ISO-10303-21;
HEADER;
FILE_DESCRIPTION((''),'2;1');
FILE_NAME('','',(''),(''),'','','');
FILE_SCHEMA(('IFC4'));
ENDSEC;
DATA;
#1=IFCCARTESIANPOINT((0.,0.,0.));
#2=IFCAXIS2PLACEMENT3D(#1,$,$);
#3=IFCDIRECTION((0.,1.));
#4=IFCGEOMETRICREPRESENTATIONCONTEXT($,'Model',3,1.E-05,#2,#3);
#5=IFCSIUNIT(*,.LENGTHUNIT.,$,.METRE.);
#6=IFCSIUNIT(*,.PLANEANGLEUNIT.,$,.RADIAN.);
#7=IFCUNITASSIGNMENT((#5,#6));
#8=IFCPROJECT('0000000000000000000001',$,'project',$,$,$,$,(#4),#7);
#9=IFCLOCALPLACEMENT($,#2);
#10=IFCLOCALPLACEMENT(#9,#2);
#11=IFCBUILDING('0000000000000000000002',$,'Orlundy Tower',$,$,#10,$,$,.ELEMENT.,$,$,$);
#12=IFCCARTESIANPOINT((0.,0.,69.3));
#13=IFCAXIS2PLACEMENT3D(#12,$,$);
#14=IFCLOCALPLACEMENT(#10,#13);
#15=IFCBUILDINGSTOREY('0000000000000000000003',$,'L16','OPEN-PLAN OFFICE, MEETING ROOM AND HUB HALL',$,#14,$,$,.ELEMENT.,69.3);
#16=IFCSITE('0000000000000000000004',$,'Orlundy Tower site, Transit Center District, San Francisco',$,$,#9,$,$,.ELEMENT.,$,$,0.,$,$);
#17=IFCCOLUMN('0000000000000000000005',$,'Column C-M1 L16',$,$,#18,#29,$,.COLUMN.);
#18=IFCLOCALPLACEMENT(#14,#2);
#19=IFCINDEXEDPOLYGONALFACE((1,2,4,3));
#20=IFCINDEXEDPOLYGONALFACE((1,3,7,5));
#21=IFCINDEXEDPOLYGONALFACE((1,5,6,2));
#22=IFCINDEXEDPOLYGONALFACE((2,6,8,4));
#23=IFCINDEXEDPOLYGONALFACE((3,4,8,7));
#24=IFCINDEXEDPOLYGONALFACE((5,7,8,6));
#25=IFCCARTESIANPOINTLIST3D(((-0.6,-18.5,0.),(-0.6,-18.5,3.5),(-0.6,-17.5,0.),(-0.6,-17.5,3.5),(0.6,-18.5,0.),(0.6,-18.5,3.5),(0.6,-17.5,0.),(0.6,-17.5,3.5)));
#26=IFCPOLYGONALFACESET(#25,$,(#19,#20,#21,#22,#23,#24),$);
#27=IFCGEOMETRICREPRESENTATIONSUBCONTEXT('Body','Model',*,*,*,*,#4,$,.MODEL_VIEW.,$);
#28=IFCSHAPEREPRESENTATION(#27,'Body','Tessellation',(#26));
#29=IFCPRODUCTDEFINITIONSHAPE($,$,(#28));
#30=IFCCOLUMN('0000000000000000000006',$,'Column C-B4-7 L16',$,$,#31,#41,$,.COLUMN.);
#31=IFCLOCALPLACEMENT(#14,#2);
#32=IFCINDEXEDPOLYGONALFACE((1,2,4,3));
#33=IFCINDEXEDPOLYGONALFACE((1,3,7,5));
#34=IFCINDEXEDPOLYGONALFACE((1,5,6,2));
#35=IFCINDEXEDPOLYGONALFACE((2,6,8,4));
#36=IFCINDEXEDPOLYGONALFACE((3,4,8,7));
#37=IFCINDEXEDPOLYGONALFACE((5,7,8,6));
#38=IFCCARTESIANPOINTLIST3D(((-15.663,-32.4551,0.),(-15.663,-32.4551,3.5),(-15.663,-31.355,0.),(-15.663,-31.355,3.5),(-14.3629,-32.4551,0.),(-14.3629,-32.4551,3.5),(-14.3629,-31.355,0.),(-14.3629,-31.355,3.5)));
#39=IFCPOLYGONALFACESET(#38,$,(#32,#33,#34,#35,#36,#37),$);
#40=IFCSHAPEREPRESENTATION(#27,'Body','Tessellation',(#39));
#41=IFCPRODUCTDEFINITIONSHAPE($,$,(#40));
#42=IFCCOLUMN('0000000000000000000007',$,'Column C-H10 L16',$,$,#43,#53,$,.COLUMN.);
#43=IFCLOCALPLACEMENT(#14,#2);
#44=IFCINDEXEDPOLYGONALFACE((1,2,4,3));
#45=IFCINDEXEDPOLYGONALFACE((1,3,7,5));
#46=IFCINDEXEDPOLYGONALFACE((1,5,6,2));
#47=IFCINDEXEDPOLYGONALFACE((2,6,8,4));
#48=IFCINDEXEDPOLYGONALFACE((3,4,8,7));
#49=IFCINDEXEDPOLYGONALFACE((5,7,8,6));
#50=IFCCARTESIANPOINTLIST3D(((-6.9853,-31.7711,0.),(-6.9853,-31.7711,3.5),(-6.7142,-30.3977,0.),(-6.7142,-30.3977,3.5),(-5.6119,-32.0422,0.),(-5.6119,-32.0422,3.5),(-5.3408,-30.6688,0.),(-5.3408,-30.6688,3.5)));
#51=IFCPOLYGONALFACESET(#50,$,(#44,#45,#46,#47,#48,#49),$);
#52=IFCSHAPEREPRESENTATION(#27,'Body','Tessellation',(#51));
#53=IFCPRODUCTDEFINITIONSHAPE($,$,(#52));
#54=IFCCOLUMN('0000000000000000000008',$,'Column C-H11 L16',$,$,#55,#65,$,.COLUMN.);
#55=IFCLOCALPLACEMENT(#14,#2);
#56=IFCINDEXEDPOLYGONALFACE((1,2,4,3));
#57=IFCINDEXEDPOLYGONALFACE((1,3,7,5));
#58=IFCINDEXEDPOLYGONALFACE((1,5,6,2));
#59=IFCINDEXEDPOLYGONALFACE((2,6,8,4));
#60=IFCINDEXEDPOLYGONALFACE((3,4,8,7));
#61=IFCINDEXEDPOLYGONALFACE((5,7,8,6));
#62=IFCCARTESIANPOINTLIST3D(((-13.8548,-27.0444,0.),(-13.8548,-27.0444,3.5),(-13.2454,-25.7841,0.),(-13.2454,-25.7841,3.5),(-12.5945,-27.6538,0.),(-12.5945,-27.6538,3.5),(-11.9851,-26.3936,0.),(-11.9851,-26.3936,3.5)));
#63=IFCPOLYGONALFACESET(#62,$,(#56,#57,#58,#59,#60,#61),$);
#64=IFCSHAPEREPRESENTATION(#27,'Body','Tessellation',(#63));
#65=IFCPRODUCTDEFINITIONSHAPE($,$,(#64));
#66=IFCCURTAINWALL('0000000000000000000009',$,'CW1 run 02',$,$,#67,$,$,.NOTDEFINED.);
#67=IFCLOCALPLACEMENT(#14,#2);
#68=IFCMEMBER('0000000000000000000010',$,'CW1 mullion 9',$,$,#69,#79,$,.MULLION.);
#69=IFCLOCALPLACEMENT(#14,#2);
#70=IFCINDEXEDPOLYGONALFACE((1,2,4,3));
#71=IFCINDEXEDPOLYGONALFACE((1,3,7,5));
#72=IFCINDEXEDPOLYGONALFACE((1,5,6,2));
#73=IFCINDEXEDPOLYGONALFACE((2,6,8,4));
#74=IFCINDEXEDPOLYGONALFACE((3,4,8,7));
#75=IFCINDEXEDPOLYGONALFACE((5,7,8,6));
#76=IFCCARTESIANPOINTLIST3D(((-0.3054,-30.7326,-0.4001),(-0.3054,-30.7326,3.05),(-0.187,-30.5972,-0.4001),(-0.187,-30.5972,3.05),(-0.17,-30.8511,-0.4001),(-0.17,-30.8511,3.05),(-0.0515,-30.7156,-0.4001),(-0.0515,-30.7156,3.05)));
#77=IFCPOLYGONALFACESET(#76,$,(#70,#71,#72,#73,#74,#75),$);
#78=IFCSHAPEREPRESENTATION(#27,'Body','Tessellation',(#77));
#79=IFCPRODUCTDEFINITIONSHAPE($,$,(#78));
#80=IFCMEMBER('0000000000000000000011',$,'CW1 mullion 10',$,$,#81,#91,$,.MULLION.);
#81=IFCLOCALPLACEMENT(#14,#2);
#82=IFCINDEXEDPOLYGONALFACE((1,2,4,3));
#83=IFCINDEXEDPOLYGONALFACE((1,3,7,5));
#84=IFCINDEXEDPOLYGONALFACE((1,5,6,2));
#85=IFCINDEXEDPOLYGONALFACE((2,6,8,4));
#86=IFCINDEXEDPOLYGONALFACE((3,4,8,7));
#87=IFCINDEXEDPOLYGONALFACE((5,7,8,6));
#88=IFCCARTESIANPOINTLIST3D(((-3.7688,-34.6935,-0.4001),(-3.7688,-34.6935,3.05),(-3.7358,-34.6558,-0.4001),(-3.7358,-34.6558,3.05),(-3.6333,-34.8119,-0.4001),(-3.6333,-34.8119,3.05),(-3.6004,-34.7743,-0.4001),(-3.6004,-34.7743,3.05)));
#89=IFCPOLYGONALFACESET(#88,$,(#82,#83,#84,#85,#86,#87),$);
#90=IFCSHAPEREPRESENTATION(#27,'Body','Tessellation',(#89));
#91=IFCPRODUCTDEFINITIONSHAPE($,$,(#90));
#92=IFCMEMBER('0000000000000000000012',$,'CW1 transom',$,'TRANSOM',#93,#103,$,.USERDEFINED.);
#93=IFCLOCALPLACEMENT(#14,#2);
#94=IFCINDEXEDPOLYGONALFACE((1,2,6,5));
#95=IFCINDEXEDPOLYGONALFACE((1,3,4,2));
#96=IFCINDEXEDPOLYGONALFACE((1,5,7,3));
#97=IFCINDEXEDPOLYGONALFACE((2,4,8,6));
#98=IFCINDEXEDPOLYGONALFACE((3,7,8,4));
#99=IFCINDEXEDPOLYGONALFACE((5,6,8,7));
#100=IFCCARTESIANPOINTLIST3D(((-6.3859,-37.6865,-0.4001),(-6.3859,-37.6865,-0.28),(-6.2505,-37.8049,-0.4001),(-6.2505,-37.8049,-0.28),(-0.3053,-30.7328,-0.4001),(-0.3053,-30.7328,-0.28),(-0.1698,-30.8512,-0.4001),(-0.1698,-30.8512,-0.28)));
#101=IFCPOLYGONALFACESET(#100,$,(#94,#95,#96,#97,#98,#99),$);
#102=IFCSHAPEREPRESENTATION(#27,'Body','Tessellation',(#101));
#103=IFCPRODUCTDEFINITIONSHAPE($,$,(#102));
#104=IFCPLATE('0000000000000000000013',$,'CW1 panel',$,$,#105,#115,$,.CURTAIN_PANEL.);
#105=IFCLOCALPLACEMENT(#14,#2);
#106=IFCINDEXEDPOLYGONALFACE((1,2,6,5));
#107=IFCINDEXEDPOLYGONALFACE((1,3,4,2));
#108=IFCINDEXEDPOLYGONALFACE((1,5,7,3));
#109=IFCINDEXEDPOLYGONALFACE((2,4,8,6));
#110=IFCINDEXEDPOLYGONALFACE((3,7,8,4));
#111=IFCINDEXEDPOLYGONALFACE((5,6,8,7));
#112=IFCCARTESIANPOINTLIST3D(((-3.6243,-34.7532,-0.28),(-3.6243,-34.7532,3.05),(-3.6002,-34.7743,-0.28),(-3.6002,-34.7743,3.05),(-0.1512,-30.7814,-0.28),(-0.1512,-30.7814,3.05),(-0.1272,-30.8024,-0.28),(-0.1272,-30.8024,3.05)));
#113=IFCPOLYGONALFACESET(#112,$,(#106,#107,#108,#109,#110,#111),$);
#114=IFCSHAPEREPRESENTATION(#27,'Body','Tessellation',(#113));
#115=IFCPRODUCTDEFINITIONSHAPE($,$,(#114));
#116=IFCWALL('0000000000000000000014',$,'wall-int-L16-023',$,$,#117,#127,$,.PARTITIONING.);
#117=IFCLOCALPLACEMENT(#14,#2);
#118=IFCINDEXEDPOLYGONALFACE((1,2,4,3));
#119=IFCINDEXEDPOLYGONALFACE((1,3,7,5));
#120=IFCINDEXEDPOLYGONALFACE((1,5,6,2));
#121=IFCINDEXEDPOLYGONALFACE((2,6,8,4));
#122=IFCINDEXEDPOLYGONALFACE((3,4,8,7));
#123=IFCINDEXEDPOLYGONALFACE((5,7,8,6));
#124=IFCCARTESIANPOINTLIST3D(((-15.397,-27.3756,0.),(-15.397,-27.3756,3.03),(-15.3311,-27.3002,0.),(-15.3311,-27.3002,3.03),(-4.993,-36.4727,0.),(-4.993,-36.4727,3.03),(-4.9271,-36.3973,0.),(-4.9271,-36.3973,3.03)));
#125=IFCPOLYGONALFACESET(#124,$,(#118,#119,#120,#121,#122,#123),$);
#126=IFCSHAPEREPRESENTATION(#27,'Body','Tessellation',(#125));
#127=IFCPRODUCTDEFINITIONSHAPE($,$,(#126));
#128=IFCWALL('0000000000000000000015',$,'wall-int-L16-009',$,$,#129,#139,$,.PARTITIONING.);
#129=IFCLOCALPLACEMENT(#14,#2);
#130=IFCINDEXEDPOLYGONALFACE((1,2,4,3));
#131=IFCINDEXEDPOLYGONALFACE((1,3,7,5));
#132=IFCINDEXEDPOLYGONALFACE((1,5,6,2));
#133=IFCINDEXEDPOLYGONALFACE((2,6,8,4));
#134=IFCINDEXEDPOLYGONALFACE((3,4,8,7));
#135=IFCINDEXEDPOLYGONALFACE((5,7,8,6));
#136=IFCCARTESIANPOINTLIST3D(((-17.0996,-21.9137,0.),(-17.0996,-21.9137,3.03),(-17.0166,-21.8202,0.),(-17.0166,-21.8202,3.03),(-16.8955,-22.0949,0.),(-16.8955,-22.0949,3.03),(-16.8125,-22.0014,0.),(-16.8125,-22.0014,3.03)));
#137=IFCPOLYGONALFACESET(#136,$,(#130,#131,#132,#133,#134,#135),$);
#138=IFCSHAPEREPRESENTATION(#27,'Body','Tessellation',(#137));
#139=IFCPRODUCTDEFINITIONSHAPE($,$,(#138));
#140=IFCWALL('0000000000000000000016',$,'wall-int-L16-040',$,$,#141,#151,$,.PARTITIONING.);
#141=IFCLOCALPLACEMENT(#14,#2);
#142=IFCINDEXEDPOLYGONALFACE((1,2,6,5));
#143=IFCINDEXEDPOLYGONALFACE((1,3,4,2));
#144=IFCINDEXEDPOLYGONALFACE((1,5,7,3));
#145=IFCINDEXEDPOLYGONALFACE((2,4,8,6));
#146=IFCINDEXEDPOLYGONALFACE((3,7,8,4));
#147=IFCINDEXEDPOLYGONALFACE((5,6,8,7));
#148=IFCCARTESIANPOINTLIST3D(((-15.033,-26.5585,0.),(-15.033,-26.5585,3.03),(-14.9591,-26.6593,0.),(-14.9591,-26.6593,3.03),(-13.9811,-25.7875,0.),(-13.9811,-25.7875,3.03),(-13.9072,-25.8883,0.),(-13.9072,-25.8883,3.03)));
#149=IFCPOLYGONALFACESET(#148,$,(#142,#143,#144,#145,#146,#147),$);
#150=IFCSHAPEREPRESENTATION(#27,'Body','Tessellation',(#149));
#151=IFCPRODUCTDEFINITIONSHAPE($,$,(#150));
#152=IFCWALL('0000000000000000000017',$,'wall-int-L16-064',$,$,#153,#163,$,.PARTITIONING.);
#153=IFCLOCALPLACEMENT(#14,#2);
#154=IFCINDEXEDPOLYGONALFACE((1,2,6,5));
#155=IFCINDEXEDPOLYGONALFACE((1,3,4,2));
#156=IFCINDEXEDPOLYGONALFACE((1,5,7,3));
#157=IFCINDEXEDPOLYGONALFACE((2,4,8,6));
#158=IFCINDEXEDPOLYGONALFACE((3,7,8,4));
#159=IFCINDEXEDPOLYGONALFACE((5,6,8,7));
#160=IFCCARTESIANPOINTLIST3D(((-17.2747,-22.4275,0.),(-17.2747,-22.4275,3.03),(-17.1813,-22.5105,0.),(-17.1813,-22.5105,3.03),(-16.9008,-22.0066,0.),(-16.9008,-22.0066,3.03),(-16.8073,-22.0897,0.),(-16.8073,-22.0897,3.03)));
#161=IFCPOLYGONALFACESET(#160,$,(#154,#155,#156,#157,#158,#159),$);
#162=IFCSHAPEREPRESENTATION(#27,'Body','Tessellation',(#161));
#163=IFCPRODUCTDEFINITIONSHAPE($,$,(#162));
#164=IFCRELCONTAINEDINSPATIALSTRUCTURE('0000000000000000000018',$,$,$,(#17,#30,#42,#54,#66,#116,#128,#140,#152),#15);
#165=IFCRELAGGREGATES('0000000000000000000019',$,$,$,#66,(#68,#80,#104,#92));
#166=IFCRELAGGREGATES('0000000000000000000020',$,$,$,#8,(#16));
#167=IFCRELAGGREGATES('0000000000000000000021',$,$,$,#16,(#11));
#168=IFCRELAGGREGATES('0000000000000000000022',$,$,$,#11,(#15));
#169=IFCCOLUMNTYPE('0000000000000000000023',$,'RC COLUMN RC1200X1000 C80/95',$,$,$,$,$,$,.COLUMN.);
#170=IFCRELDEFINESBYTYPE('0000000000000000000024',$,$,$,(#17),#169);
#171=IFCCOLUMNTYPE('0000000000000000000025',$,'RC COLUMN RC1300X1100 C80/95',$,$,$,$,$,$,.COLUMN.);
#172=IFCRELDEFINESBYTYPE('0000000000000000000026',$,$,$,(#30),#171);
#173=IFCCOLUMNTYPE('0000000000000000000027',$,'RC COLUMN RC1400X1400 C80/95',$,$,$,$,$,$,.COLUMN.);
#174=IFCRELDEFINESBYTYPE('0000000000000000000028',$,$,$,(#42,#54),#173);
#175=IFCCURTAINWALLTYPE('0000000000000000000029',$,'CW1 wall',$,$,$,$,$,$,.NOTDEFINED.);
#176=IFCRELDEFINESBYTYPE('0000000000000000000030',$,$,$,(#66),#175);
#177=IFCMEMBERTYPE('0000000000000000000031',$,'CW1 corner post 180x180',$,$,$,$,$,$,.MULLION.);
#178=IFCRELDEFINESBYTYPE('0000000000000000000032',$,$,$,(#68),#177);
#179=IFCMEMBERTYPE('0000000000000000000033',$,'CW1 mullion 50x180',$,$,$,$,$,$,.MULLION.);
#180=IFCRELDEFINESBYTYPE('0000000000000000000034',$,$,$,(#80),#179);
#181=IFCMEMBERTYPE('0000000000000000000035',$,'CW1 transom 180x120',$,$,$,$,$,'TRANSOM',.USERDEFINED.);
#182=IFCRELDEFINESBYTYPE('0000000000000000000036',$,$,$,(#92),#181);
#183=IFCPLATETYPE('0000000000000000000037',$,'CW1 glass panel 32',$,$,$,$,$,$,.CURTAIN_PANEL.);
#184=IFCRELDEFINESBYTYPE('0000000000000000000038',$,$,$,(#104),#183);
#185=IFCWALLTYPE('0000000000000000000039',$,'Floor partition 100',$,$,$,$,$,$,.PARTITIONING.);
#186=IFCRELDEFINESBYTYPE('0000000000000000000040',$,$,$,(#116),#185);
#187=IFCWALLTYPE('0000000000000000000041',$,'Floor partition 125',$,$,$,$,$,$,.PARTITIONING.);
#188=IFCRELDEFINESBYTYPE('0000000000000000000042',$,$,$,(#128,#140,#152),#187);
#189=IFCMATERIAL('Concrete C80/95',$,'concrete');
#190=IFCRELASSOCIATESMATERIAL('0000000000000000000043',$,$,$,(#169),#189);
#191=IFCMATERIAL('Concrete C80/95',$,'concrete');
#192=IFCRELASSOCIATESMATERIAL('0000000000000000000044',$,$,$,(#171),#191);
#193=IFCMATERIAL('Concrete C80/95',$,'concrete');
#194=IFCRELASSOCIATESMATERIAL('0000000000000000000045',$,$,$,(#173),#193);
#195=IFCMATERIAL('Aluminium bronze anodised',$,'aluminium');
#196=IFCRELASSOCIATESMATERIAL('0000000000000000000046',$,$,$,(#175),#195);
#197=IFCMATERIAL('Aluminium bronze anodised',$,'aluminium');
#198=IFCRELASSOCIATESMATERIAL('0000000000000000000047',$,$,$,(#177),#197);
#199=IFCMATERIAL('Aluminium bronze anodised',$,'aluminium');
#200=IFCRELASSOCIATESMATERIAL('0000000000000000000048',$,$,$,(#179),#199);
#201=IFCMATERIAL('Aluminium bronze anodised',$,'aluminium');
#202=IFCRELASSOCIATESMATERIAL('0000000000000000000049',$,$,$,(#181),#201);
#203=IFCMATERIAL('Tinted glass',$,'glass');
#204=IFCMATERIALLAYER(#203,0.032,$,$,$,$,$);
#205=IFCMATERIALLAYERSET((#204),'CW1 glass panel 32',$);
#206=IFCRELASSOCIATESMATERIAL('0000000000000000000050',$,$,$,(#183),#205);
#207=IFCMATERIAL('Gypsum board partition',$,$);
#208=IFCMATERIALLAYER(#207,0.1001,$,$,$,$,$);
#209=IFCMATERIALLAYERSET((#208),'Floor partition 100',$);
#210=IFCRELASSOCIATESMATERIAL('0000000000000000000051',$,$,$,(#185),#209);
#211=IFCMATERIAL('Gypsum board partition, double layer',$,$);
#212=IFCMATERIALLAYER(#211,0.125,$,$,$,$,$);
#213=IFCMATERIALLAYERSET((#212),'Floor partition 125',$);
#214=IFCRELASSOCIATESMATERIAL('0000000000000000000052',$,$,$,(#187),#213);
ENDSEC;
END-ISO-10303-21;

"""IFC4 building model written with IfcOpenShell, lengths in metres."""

from ifc_helpers import new_model, si_unit, direction, frame, frame_2d, origin, origin_2d, place, context, subcontext, project, spatial, rectangle, extrude, material, layer, layer_set, material_profile, profile_set, type_object, element, aggregate, save


model = new_model("IFC4")

# Units and contexts
model_context = context("Model", 3, precision=1e-05, world=origin(), true_north=direction((0.0, 1.0)))
body_context = subcontext(model_context, "Body", "Model", "MODEL_VIEW")
ifc_project = project(units=[si_unit("LENGTHUNIT", "METRE"), si_unit("PLANEANGLEUNIT", "RADIAN")], contexts=[model_context])

# Site, building, storey
site_placement = place(None, origin())
site = spatial("IfcSite", under=ifc_project, at=site_placement, Name="Orlundy Tower site, Transit Center District, San Francisco", CompositionType="ELEMENT", RefElevation=0.0)
building_placement = place(site_placement, origin())
building = spatial("IfcBuilding", under=site, at=building_placement, Name="Orlundy Tower", CompositionType="ELEMENT")
storey_placement = place(building_placement, frame((0.0, 0.0, 69.3)))
storey = spatial("IfcBuildingStorey", under=building, at=storey_placement, Name="L16", Description="OPEN-PLAN OFFICE, MEETING ROOM AND HUB HALL", CompositionType="ELEMENT", Elevation=69.3)

# Columns
ifc_material_1 = material(Name="Concrete C80/95", Category="concrete")
ifc_material_profile_1 = material_profile(ifc_material_1, rectangle(XDim=1.2, YDim=1.0, at=origin_2d()), Name="RC1200X1000")
ifc_profile_set_1 = profile_set([ifc_material_profile_1], Name="Concrete C80/95")
column_type_1 = type_object("IfcColumnType", Name="RC COLUMN RC1200X1000 C80/95", PredefinedType="COLUMN", material=ifc_profile_set_1)
column_1_placement = place(storey_placement, frame((0.0, -18.0, 0.0), z_axis=(0.0, 0.0, 1.0), x_axis=(1.0, 0.0, 0.0)))
element("IfcColumn", 1, at=column_1_placement, inside=storey, type_object=column_type_1, Name="Column C-M1 L16", PredefinedType="COLUMN", context=body_context, shape_type="SweptSolid", body=[
    extrude(rectangle(XDim=1.2, YDim=1.0, at=origin_2d()), origin(), (0.0, 0.0, 1.0), 3.5),
])
ifc_material_2 = material(Name="Concrete C80/95", Category="concrete")
ifc_material_profile_2 = material_profile(ifc_material_2, rectangle(XDim=1.3, YDim=1.1001, at=origin_2d()), Name="RC1300X1100")
ifc_profile_set_2 = profile_set([ifc_material_profile_2], Name="Concrete C80/95")
column_type_2 = type_object("IfcColumnType", Name="RC COLUMN RC1300X1100 C80/95", PredefinedType="COLUMN", material=ifc_profile_set_2)
column_2_placement = place(storey_placement, frame((-15.0129, -31.905, 0.0), z_axis=(0.0, 0.0, 1.0), x_axis=(1.0, 0.0, 0.0)))
element("IfcColumn", 2, at=column_2_placement, inside=storey, type_object=column_type_2, Name="Column C-B4-7 L16", PredefinedType="COLUMN", context=body_context, shape_type="SweptSolid", body=[
    extrude(rectangle(XDim=1.3, YDim=1.1001, at=origin_2d()), origin(), (0.0, 0.0, 1.0), 3.5),
])
ifc_material_3 = material(Name="Concrete C80/95", Category="concrete")
ifc_material_profile_3 = material_profile(ifc_material_3, rectangle(XDim=1.3999, YDim=1.3999, at=origin_2d()), Name="RC1400X1400")
ifc_profile_set_3 = profile_set([ifc_material_profile_3], Name="Concrete C80/95")
column_type_3 = type_object("IfcColumnType", Name="RC COLUMN RC1400X1400 C80/95", PredefinedType="COLUMN", material=ifc_profile_set_3)
for number, where, z_axis, x_axis, name in (
    (3, (-6.1631, -31.22, 0.0), (0.0, 0.0, 1.0), (-0.193669, -0.981067, 0.0), "Column C-H10 L16"),
    (4, (-12.9199, -26.719, 0.0), (0.0, 0.0, 1.0), (-0.435325, -0.900273, 0.0), "Column C-H11 L16"),
):
    element("IfcColumn", number, at=place(storey_placement, frame(where, z_axis=z_axis, x_axis=x_axis)), inside=storey, type_object=column_type_3, Name=name, PredefinedType="COLUMN", context=body_context, shape_type="SweptSolid", body=[
        extrude(rectangle(XDim=1.3999, YDim=1.3999, at=origin_2d()), origin(), (0.0, 0.0, 1.0), 3.5),
    ])

# Curtain wall, members, plate
ifc_material_4 = material(Name="Aluminium bronze anodised", Category="aluminium")
curtain_wall_type = type_object("IfcCurtainWallType", Name="CW1 wall", PredefinedType="NOTDEFINED", material=ifc_material_4)
curtain_wall_placement = place(storey_placement, origin())
curtain_wall = element("IfcCurtainWall", 5, at=curtain_wall_placement, inside=storey, type_object=curtain_wall_type, Name="CW1 run 02", PredefinedType="NOTDEFINED")
ifc_material_5 = material(Name="Aluminium bronze anodised", Category="aluminium")
ifc_material_profile_4 = material_profile(ifc_material_5, rectangle(XDim=0.1799, YDim=0.1799, at=origin_2d()), Name="CW1 corner post 180x180")
ifc_profile_set_4 = profile_set([ifc_material_profile_4], Name="Aluminium bronze anodised")
member_type_1 = type_object("IfcMemberType", Name="CW1 corner post 180x180", PredefinedType="MULLION", material=ifc_profile_set_4)
member_1_placement = place(storey_placement, frame((-0.1785, -30.7241, -0.4001), z_axis=(0.0, 0.0, 1.0), x_axis=(0.752792, -0.658259, 0.0)))
member_1 = element("IfcMember", 6, at=member_1_placement, type_object=member_type_1, Name="CW1 mullion 9", PredefinedType="MULLION", context=body_context, shape_type="SweptSolid", body=[
    extrude(rectangle(XDim=0.1799, YDim=0.1799, at=origin_2d()), origin(), (0.0, 0.0, 1.0), 3.4502),
])
ifc_material_6 = material(Name="Aluminium bronze anodised", Category="aluminium")
ifc_material_profile_5 = material_profile(ifc_material_6, rectangle(XDim=0.1799, YDim=0.05, at=origin_2d()), Name="CW1 mullion 50x180")
ifc_profile_set_5 = profile_set([ifc_material_profile_5], Name="Aluminium bronze anodised")
member_type_2 = type_object("IfcMemberType", Name="CW1 mullion 50x180", PredefinedType="MULLION", material=ifc_profile_set_5)
member_2_placement = place(storey_placement, frame((-3.6846, -34.7339, -0.4001), z_axis=(0.0, 0.0, 1.0), x_axis=(0.752792, -0.658259, 0.0)))
member_2 = element("IfcMember", 7, at=member_2_placement, type_object=member_type_2, Name="CW1 mullion 10", PredefinedType="MULLION", context=body_context, shape_type="SweptSolid", body=[
    extrude(rectangle(XDim=0.1799, YDim=0.05, at=origin_2d()), origin(), (0.0, 0.0, 1.0), 3.4502),
])
ifc_material_7 = material(Name="Aluminium bronze anodised", Category="aluminium")
ifc_material_profile_6 = material_profile(ifc_material_7, rectangle(XDim=0.1799, YDim=0.1201, at=origin_2d()), Name="CW1 transom 180x120")
ifc_profile_set_6 = profile_set([ifc_material_profile_6], Name="Aluminium bronze anodised")
member_type_3 = type_object("IfcMemberType", Name="CW1 transom 180x120", ElementType="TRANSOM", PredefinedType="USERDEFINED", material=ifc_profile_set_6)
member_3_placement = place(storey_placement, frame((-0.2375, -30.792, -0.3401), z_axis=(-0.658269, -0.752783, 0.0), x_axis=(0.752783, -0.658269, 0.0)))
member_3 = element("IfcMember", 8, at=member_3_placement, type_object=member_type_3, Name="CW1 transom", ObjectType="TRANSOM", PredefinedType="USERDEFINED", context=body_context, shape_type="SweptSolid", body=[
    extrude(rectangle(XDim=0.1799, YDim=0.1201, at=origin_2d()), origin(), (0.0, 0.0, 1.0), 9.2373),
])
ifc_material_8 = material(Name="Tinted glass", Category="glass")
ifc_layer_1 = layer(ifc_material_8, 0.032)
ifc_layer_set_1 = layer_set([ifc_layer_1], Name="CW1 glass panel 32")
plate_type = type_object("IfcPlateType", Name="CW1 glass panel 32", PredefinedType="CURTAIN_PANEL", material=ifc_layer_set_1)
plate_placement = place(storey_placement, frame((-1.8757, -32.7778, -0.28), z_axis=(0.0, 0.0, 1.0), x_axis=(-0.658259, -0.752792, 0.0)))
plate = element("IfcPlate", 9, at=plate_placement, type_object=plate_type, Name="CW1 panel", PredefinedType="CURTAIN_PANEL", context=body_context, shape_type="SweptSolid", body=[
    extrude(rectangle(XDim=5.2761, YDim=0.032, at=origin_2d()), origin(), (0.0, 0.0, 1.0), 3.3301),
])
aggregate(curtain_wall, [member_1, member_2, plate, member_3])

# Walls
ifc_material_9 = material(Name="Gypsum board partition")
ifc_layer_2 = layer(ifc_material_9, 0.1001)
ifc_layer_set_2 = layer_set([ifc_layer_2], Name="Floor partition 100")
wall_type_1 = type_object("IfcWallType", Name="Floor partition 100", PredefinedType="PARTITIONING", material=ifc_layer_set_2)
wall_1_placement = place(storey_placement, frame((-15.364, -27.3379, 0.0), z_axis=(0.0, 0.0, 1.0), x_axis=(0.752805, -0.658243, 0.0)))
element("IfcWall", 10, at=wall_1_placement, inside=storey, type_object=wall_type_1, Name="wall-int-L16-023", PredefinedType="PARTITIONING", context=body_context, shape_type="SweptSolid", body=[
    extrude(rectangle(XDim=13.8203, YDim=0.1001, at=frame_2d((6.9102, 0.0))), origin(), (0.0, 0.0, 1.0), 3.03),
])
ifc_material_10 = material(Name="Gypsum board partition, double layer")
ifc_layer_3 = layer(ifc_material_10, 0.125)
ifc_layer_set_3 = layer_set([ifc_layer_3], Name="Floor partition 125")
wall_type_2 = type_object("IfcWallType", Name="Floor partition 125", PredefinedType="PARTITIONING", material=ifc_layer_set_3)
wall_2_placement = place(storey_placement, frame((-17.0581, -21.8669, 0.0), z_axis=(0.0, 0.0, 1.0), x_axis=(0.747903, -0.663808, 0.0)))
element("IfcWall", 11, at=wall_2_placement, inside=storey, type_object=wall_type_2, Name="wall-int-L16-009", PredefinedType="PARTITIONING", context=body_context, shape_type="SweptSolid", body=[
    extrude(rectangle(XDim=0.2729, YDim=0.125, at=frame_2d((0.1365, 0.0))), origin(), (0.0, 0.0, 1.0), 3.03),
])
wall_3_placement = place(storey_placement, frame((-14.9961, -26.6089, 0.0), z_axis=(0.0, 0.0, 1.0), x_axis=(0.806578, 0.591128, 0.0)))
element("IfcWall", 12, at=wall_3_placement, inside=storey, type_object=wall_type_2, Name="wall-int-L16-040", PredefinedType="PARTITIONING", context=body_context, shape_type="SweptSolid", body=[
    extrude(rectangle(XDim=1.3042, YDim=0.125, at=frame_2d((0.6521, 0.0))), origin(), (0.0, 0.0, 1.0), 3.03),
])
wall_4_placement = place(storey_placement, frame((-17.228, -22.469, 0.0), z_axis=(0.0, 0.0, 1.0), x_axis=(0.664256, 0.747505, 0.0)))
element("IfcWall", 13, at=wall_4_placement, inside=storey, type_object=wall_type_2, Name="wall-int-L16-064", PredefinedType="PARTITIONING", context=body_context, shape_type="SweptSolid", body=[
    extrude(rectangle(XDim=0.563, YDim=0.125, at=frame_2d((0.2815, 0.0))), origin(), (0.0, 0.0, 1.0), 3.03),
])

save(model, "model.ifc")
